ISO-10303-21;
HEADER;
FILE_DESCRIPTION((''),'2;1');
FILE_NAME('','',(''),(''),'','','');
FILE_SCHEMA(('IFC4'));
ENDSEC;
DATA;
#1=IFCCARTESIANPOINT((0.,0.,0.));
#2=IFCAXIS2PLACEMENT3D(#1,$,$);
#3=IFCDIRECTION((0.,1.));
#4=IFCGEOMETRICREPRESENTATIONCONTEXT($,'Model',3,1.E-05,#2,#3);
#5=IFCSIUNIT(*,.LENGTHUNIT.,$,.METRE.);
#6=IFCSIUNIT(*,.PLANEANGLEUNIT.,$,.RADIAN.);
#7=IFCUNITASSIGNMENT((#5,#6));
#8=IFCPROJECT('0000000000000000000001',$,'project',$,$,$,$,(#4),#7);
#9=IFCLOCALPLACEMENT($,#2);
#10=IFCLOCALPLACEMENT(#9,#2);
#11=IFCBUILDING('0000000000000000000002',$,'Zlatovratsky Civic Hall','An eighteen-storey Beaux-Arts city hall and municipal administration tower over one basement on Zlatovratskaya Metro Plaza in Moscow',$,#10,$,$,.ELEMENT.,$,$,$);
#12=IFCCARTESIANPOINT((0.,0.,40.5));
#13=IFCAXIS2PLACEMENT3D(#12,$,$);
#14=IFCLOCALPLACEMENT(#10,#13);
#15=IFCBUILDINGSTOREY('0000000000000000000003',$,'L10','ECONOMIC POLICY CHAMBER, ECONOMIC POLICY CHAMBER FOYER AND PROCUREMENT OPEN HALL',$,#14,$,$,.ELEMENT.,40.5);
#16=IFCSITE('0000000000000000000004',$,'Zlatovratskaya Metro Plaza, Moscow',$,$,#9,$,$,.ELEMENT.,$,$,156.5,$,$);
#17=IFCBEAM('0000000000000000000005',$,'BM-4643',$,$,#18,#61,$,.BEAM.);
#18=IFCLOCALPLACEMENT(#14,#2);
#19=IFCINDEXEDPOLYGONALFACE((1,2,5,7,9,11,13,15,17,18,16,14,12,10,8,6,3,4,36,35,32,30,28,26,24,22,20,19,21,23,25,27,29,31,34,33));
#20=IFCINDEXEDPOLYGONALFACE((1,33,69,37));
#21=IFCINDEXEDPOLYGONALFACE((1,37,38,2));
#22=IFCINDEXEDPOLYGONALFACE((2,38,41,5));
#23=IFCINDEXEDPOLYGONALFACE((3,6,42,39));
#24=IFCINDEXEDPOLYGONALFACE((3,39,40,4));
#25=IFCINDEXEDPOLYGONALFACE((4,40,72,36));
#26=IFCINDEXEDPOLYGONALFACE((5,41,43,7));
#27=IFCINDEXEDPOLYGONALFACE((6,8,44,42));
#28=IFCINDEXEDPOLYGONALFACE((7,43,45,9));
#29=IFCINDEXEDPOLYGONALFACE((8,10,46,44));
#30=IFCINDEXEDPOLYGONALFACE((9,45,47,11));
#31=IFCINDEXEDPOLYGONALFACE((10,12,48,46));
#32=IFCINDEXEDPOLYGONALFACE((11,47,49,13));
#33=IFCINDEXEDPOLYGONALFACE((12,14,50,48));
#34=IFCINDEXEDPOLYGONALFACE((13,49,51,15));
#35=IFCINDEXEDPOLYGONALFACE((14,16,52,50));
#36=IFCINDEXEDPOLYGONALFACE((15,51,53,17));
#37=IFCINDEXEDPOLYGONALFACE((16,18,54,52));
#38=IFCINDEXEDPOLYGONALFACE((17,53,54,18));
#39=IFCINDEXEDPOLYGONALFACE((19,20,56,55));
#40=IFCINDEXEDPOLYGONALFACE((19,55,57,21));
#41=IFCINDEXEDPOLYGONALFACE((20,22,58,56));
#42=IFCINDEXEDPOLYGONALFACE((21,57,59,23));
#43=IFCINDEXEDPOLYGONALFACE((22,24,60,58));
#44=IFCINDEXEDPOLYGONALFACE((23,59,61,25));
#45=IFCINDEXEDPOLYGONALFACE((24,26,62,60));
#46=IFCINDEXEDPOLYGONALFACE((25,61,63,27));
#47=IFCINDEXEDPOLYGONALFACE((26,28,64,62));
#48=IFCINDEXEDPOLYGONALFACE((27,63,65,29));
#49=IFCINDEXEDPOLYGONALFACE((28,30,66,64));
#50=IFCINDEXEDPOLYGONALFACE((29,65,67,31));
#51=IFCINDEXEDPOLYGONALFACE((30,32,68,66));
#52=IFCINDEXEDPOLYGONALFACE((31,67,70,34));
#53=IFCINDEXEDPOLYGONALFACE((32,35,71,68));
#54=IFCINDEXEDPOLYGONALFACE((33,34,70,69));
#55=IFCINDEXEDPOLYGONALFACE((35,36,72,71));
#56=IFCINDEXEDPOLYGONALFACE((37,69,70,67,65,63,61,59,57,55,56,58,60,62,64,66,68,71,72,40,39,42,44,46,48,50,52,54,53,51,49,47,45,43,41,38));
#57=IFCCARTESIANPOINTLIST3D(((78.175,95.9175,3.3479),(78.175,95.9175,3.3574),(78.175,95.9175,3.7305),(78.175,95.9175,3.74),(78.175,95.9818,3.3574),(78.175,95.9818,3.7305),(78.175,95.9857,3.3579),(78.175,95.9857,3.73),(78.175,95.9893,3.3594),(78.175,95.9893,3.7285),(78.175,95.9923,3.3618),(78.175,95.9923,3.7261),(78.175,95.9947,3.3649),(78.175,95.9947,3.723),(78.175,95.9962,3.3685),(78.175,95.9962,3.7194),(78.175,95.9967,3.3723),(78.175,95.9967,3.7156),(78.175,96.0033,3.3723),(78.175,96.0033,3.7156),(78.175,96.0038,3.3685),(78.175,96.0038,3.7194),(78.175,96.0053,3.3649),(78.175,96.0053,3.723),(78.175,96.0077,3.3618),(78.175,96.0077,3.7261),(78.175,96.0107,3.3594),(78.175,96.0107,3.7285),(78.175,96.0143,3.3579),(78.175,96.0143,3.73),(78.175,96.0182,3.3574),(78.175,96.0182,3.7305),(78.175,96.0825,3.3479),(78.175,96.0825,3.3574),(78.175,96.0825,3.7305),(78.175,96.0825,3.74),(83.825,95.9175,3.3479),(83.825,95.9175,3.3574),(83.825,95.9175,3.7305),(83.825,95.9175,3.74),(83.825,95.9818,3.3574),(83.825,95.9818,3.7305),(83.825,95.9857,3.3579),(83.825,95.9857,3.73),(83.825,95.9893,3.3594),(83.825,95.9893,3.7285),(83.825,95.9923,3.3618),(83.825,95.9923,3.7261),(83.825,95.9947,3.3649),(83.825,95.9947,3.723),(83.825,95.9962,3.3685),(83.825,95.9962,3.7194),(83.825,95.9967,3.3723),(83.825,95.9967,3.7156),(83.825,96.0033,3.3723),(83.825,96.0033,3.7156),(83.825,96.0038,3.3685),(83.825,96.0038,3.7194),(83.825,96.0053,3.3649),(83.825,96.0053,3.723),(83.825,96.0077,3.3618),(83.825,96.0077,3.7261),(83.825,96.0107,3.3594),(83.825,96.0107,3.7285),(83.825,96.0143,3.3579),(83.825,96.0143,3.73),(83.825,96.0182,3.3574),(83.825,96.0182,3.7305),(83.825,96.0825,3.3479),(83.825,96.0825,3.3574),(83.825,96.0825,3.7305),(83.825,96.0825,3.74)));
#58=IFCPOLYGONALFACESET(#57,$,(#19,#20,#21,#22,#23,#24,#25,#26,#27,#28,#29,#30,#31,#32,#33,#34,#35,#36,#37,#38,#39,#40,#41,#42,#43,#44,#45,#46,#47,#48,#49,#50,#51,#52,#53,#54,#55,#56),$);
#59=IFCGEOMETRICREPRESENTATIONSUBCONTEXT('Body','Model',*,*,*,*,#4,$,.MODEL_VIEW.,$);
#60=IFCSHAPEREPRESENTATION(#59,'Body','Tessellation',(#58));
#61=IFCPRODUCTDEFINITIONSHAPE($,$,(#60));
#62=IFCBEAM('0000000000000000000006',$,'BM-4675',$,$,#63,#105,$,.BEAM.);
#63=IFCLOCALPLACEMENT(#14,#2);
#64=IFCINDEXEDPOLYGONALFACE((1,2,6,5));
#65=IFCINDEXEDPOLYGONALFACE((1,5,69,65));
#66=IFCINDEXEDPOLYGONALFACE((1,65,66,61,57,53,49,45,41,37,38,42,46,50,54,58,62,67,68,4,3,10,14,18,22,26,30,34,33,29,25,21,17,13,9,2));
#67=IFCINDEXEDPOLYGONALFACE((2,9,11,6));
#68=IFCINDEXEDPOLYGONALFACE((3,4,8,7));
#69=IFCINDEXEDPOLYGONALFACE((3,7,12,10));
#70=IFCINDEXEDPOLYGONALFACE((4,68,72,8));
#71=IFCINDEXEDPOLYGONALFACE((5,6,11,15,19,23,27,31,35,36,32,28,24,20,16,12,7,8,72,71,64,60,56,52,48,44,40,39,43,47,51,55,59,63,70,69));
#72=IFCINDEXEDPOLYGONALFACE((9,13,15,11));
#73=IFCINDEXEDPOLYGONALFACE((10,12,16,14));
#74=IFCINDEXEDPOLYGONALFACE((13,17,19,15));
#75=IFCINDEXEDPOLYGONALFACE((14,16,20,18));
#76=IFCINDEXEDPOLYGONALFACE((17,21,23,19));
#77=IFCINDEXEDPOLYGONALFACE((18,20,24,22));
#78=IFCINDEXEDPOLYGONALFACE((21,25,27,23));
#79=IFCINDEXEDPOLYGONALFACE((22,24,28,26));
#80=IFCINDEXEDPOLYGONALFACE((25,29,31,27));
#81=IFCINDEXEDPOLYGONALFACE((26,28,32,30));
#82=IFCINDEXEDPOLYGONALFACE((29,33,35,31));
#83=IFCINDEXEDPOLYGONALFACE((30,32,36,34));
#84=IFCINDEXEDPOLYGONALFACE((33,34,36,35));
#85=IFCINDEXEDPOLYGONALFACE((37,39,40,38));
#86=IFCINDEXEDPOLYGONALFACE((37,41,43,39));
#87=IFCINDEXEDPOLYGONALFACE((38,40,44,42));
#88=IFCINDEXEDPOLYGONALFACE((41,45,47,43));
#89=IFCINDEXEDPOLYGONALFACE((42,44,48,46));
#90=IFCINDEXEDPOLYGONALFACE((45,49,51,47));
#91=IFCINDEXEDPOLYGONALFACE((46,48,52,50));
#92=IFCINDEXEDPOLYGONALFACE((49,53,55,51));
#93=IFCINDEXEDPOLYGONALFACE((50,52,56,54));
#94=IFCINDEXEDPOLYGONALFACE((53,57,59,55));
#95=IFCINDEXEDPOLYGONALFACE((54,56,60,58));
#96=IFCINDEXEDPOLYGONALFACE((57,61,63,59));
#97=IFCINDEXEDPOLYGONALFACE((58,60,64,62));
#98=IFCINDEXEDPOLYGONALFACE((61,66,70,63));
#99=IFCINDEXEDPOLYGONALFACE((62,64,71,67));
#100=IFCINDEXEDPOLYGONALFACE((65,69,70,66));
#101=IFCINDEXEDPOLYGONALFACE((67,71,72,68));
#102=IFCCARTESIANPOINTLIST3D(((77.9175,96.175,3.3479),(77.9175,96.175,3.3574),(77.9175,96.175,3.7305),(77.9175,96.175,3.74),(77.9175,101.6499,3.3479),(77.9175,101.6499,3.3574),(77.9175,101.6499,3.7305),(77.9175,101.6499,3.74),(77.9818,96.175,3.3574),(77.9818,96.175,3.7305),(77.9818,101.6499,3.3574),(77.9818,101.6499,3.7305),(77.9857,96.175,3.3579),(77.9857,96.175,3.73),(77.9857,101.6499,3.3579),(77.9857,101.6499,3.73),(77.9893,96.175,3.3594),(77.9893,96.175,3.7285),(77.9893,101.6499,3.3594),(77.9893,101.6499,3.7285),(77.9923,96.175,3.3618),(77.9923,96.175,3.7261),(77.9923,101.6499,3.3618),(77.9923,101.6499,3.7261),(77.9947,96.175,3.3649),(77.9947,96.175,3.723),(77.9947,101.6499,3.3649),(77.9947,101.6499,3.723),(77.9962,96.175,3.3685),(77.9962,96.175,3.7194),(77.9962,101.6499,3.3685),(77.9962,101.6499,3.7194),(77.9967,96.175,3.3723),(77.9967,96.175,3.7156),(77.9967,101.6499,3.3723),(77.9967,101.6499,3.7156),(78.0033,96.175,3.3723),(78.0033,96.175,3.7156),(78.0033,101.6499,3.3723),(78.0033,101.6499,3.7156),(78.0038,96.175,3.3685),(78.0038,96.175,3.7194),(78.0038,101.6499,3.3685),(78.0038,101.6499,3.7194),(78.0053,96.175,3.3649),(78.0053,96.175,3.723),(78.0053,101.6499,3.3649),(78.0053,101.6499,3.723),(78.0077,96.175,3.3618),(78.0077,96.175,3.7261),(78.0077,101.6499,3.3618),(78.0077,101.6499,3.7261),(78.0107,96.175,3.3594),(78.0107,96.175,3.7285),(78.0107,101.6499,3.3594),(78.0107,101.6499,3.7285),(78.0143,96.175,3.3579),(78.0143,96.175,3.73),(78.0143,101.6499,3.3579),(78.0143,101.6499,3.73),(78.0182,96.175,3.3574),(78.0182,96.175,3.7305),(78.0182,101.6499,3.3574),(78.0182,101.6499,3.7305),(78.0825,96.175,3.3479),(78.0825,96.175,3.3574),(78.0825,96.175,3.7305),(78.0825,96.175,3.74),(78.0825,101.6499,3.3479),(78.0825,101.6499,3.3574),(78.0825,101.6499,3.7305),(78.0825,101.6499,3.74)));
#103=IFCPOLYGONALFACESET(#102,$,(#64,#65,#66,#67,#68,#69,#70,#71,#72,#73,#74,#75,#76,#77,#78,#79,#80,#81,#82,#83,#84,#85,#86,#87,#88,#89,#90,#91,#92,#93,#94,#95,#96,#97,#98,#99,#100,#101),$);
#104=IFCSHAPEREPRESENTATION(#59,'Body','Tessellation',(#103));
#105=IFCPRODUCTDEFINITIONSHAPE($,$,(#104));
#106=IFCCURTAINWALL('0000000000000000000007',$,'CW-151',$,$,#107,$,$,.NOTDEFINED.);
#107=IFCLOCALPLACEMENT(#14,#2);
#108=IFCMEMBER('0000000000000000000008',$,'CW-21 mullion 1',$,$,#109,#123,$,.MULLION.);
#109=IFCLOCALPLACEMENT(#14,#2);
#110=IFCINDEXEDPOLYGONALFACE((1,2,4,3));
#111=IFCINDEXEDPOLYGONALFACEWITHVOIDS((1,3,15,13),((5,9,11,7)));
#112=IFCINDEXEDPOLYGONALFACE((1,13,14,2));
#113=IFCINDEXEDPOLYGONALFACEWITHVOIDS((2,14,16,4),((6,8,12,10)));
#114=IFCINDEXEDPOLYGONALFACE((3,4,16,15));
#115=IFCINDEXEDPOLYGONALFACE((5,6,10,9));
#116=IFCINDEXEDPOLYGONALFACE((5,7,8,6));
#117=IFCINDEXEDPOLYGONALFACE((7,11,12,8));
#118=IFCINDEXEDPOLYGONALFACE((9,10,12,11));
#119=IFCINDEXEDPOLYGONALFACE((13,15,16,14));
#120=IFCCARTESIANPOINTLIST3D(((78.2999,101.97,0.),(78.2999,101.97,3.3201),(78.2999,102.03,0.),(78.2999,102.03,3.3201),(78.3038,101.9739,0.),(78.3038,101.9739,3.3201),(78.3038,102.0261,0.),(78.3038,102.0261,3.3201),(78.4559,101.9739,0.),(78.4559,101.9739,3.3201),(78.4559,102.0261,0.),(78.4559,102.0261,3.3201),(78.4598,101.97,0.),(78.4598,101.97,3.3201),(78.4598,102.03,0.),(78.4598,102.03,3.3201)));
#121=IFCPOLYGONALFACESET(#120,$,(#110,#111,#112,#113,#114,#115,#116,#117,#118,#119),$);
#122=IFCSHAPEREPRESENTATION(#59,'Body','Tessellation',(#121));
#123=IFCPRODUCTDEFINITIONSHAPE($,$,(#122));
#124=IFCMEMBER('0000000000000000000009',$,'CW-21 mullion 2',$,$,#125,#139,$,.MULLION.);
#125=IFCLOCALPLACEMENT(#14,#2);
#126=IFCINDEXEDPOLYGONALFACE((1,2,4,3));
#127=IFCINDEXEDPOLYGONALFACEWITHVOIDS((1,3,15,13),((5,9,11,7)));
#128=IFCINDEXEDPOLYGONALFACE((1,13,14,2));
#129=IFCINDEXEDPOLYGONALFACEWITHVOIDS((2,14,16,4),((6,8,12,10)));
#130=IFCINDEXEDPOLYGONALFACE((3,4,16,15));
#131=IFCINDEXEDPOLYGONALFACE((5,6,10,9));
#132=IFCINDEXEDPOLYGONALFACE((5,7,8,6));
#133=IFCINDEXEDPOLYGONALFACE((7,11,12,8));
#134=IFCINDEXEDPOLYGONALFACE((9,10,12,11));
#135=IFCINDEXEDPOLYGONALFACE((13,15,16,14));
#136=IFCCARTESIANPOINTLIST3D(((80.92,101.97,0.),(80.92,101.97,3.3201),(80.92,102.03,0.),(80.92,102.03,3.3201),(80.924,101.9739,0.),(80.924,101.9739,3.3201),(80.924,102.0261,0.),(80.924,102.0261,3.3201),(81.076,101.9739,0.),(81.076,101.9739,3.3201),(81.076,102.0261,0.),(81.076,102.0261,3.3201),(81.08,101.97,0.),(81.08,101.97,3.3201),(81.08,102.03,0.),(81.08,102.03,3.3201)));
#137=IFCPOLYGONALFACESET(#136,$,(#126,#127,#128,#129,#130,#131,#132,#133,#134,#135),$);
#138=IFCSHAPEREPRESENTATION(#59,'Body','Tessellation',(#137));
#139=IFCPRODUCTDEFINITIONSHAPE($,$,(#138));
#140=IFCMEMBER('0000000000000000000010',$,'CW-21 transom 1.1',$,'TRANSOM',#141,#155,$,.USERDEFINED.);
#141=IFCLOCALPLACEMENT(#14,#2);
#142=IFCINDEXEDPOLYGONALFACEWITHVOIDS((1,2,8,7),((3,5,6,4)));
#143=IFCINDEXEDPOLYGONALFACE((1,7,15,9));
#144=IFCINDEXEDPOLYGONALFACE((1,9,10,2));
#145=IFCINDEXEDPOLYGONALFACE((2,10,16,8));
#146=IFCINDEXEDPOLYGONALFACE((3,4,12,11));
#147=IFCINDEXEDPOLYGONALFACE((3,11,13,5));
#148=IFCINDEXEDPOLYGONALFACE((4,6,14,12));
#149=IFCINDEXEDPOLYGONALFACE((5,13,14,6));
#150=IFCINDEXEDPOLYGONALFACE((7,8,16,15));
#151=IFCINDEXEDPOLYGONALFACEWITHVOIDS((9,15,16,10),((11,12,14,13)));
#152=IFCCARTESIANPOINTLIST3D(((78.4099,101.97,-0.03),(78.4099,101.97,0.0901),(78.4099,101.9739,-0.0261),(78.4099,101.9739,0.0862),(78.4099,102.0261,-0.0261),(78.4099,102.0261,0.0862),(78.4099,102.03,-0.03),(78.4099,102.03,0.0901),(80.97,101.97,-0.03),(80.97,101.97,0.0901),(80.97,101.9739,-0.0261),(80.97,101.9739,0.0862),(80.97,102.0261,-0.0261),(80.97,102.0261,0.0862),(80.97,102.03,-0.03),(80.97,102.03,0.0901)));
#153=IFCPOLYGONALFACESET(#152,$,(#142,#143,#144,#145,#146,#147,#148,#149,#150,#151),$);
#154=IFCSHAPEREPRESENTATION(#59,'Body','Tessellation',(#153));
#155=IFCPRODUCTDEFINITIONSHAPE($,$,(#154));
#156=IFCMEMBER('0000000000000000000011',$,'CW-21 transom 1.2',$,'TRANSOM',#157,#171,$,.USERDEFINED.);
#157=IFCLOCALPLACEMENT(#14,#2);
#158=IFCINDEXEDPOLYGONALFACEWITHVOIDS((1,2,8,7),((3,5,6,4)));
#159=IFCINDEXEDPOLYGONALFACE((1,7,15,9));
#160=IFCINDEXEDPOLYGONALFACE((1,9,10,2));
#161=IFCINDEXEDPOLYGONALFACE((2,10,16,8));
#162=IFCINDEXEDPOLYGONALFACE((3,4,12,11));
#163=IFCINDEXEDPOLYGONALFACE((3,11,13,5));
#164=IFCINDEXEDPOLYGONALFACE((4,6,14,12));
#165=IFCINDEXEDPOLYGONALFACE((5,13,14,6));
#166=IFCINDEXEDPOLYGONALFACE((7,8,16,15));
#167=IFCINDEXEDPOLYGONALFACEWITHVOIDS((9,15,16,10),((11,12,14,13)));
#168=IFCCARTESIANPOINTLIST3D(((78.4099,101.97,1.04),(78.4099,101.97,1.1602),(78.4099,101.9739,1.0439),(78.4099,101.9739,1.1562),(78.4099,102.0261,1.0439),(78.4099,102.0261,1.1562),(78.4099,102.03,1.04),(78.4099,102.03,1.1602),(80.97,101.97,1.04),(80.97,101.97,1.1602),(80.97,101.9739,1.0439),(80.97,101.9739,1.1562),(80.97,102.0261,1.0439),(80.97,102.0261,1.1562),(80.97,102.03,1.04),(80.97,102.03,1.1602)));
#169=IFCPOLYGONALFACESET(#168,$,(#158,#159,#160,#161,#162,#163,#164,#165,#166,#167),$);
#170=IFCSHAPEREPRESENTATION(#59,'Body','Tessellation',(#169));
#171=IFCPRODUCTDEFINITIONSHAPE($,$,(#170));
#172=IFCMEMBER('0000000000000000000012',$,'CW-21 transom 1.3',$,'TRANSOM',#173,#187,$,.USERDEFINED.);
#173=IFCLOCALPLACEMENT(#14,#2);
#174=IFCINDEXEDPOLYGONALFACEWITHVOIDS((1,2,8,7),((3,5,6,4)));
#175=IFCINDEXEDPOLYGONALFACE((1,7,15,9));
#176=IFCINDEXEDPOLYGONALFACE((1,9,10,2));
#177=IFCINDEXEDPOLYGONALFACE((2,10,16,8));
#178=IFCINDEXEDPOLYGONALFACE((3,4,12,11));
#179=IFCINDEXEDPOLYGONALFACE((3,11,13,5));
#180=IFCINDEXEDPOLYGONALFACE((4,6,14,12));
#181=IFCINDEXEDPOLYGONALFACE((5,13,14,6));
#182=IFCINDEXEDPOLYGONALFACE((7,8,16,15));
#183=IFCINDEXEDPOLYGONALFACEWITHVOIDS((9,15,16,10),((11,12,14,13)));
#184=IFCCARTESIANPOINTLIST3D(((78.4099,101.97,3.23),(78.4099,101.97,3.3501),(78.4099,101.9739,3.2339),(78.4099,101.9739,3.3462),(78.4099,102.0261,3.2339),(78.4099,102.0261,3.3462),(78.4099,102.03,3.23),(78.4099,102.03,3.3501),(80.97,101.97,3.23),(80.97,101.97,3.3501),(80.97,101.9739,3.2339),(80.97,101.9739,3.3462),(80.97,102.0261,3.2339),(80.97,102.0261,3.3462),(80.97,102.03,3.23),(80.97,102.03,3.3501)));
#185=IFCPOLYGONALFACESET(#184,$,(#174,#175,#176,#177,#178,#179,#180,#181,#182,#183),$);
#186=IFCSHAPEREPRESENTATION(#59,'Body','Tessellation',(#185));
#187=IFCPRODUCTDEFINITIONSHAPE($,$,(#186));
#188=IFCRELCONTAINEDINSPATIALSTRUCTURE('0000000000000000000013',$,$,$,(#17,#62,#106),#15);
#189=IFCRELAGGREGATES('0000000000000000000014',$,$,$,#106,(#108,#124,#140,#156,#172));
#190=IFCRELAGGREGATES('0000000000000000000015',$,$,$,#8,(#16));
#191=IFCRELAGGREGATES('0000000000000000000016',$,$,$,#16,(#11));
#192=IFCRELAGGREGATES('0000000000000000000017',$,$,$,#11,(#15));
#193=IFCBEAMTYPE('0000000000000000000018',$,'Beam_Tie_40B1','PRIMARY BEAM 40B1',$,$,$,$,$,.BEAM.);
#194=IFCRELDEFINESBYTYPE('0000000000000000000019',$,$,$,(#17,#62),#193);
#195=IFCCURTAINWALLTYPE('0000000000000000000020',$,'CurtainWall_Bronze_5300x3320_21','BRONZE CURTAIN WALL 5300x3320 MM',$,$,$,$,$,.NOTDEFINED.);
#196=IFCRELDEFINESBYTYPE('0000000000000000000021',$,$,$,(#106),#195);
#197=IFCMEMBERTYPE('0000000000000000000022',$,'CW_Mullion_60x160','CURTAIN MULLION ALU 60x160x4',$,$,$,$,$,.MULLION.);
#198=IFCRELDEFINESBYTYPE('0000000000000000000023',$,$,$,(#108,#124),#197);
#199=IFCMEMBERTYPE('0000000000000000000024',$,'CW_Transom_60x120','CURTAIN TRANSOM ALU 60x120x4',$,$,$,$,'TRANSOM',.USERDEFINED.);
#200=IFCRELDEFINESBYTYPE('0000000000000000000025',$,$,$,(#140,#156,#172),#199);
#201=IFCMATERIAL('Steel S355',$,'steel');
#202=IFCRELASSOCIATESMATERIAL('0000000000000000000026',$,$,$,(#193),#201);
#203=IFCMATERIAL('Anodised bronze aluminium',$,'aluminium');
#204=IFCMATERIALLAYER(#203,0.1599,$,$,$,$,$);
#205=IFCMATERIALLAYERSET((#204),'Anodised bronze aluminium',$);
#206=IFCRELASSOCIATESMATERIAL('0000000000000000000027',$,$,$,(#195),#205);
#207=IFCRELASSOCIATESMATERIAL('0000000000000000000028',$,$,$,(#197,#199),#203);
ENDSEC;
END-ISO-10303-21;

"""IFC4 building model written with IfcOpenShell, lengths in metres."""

from ifc_helpers import new_model, si_unit, direction, frame, origin, origin_2d, place, context, subcontext, project, spatial, hollow_rectangle, i_section, extrude, material, layer, layer_set, material_profile, profile_set, type_object, element, aggregate, save


model = new_model("IFC4")

# Units and contexts
model_context = context("Model", 3, precision=1e-05, world=origin(), true_north=direction((0.0, 1.0)))
body_context = subcontext(model_context, "Body", "Model", "MODEL_VIEW")
ifc_project = project(units=[si_unit("LENGTHUNIT", "METRE"), si_unit("PLANEANGLEUNIT", "RADIAN")], contexts=[model_context])

# Site, building, storey
site_placement = place(None, origin())
site = spatial("IfcSite", under=ifc_project, at=site_placement, Name="Zlatovratskaya Metro Plaza, Moscow", CompositionType="ELEMENT", RefElevation=156.5)
building_placement = place(site_placement, origin())
building = spatial("IfcBuilding", under=site, at=building_placement, Name="Zlatovratsky Civic Hall", Description="An eighteen-storey Beaux-Arts city hall and municipal administration tower over one basement on Zlatovratskaya Metro Plaza in Moscow", CompositionType="ELEMENT")
storey_placement = place(building_placement, frame((0.0, 0.0, 40.5)))
storey = spatial("IfcBuildingStorey", under=building, at=storey_placement, Name="L10", Description="ECONOMIC POLICY CHAMBER, ECONOMIC POLICY CHAMBER FOYER AND PROCUREMENT OPEN HALL", CompositionType="ELEMENT", Elevation=40.5)

# Shared definitions
ifc_material_1 = material(Name="Steel S355", Category="steel")

# Beams
ifc_material_profile_1 = material_profile(ifc_material_1, i_section(OverallWidth=0.165, OverallDepth=0.3921, WebThickness=0.0066, FlangeThickness=0.0095, FilletRadius=0.0149, at=origin_2d()), Name="40B1")
ifc_profile_set_1 = profile_set([ifc_material_profile_1], Name="Steel S355")
beam_type_1 = type_object("IfcBeamType", Name="Beam_Tie_40B1", Description="PRIMARY BEAM 40B1", PredefinedType="BEAM", material=ifc_profile_set_1)
beam_1_placement = place(storey_placement, frame((78.175, 96.0, 3.5439), z_axis=(1.0, 0.0, 0.0), x_axis=(0.0, 1.0, 0.0)))
element("IfcBeam", 1, at=beam_1_placement, inside=storey, type_object=beam_type_1, Name="BM-4643", PredefinedType="BEAM", context=body_context, shape_type="SweptSolid", body=[
    extrude(i_section(OverallWidth=0.165, OverallDepth=0.3921, WebThickness=0.0066, FlangeThickness=0.0095, FilletRadius=0.0149, at=origin_2d()), origin(), (0.0, 0.0, 1.0), 5.6499),
])
beam_2_placement = place(storey_placement, frame((78.0, 96.175, 3.5439), z_axis=(0.0, 1.0, 0.0), x_axis=(-1.0, 0.0, 0.0)))
element("IfcBeam", 2, at=beam_2_placement, inside=storey, type_object=beam_type_1, Name="BM-4675", PredefinedType="BEAM", context=body_context, shape_type="SweptSolid", body=[
    extrude(i_section(OverallWidth=0.165, OverallDepth=0.3921, WebThickness=0.0066, FlangeThickness=0.0095, FilletRadius=0.0149, at=origin_2d()), origin(), (0.0, 0.0, 1.0), 5.4749),
])

# Curtain wall, members
ifc_material_2 = material(Name="Anodised bronze aluminium", Category="aluminium")
ifc_layer_1 = layer(ifc_material_2, 0.1599)
ifc_layer_set_1 = layer_set([ifc_layer_1], Name="Anodised bronze aluminium")
curtain_wall_type = type_object("IfcCurtainWallType", Name="CurtainWall_Bronze_5300x3320_21", Description="BRONZE CURTAIN WALL 5300x3320 MM", PredefinedType="NOTDEFINED", material=ifc_layer_set_1)
curtain_wall_placement = place(storey_placement, origin())
curtain_wall = element("IfcCurtainWall", 3, at=curtain_wall_placement, inside=storey, type_object=curtain_wall_type, Name="CW-151", PredefinedType="NOTDEFINED")
ifc_material_profile_2 = material_profile(ifc_material_2, hollow_rectangle(XDim=0.0601, YDim=0.1599, WallThickness=0.0039, at=origin_2d()), Name="ALU 60x160x4")
ifc_profile_set_2 = profile_set([ifc_material_profile_2], Name="Anodised bronze aluminium")
member_type_1 = type_object("IfcMemberType", Name="CW_Mullion_60x160", Description="CURTAIN MULLION ALU 60x160x4", PredefinedType="MULLION", material=ifc_profile_set_2)
member_1_placement = place(storey_placement, frame((78.3799, 102.0, 0.0), z_axis=(0.0, 0.0, 1.0), x_axis=(0.0, 1.0, 0.0)))
member_1 = element("IfcMember", 4, at=member_1_placement, type_object=member_type_1, Name="CW-21 mullion 1", PredefinedType="MULLION", context=body_context, shape_type="SweptSolid", body=[
    extrude(hollow_rectangle(XDim=0.0601, YDim=0.1599, WallThickness=0.0039, at=origin_2d()), origin(), (0.0, 0.0, 1.0), 3.3201),
])
member_2_placement = place(storey_placement, frame((81.0, 102.0, 0.0), z_axis=(0.0, 0.0, 1.0), x_axis=(0.0, 1.0, 0.0)))
member_2 = element("IfcMember", 5, at=member_2_placement, type_object=member_type_1, Name="CW-21 mullion 2", PredefinedType="MULLION", context=body_context, shape_type="SweptSolid", body=[
    extrude(hollow_rectangle(XDim=0.0601, YDim=0.1599, WallThickness=0.0039, at=origin_2d()), origin(), (0.0, 0.0, 1.0), 3.3201),
])
ifc_material_profile_3 = material_profile(ifc_material_2, hollow_rectangle(XDim=0.0601, YDim=0.1201, WallThickness=0.0039, at=origin_2d()), Name="ALU 60x120x4")
ifc_profile_set_3 = profile_set([ifc_material_profile_3], Name="Anodised bronze aluminium")
member_type_2 = type_object("IfcMemberType", Name="CW_Transom_60x120", Description="CURTAIN TRANSOM ALU 60x120x4", ElementType="TRANSOM", PredefinedType="USERDEFINED", material=ifc_profile_set_3)
member_3_placement = place(storey_placement, frame((78.4099, 102.0, 0.03), z_axis=(1.0, 0.0, 0.0), x_axis=(0.0, 1.0, 0.0)))
member_3 = element("IfcMember", 6, at=member_3_placement, type_object=member_type_2, Name="CW-21 transom 1.1", ObjectType="TRANSOM", PredefinedType="USERDEFINED", context=body_context, shape_type="SweptSolid", body=[
    extrude(hollow_rectangle(XDim=0.0601, YDim=0.1201, WallThickness=0.0039, at=origin_2d()), origin(), (0.0, 0.0, 1.0), 2.5601),
])
member_4_placement = place(storey_placement, frame((78.4099, 102.0, 1.1001), z_axis=(1.0, 0.0, 0.0), x_axis=(0.0, 1.0, 0.0)))
member_4 = element("IfcMember", 7, at=member_4_placement, type_object=member_type_2, Name="CW-21 transom 1.2", ObjectType="TRANSOM", PredefinedType="USERDEFINED", context=body_context, shape_type="SweptSolid", body=[
    extrude(hollow_rectangle(XDim=0.0601, YDim=0.1201, WallThickness=0.0039, at=origin_2d()), origin(), (0.0, 0.0, 1.0), 2.5601),
])
member_5_placement = place(storey_placement, frame((78.4099, 102.0, 3.29), z_axis=(1.0, 0.0, 0.0), x_axis=(0.0, 1.0, 0.0)))
member_5 = element("IfcMember", 8, at=member_5_placement, type_object=member_type_2, Name="CW-21 transom 1.3", ObjectType="TRANSOM", PredefinedType="USERDEFINED", context=body_context, shape_type="SweptSolid", body=[
    extrude(hollow_rectangle(XDim=0.0601, YDim=0.1201, WallThickness=0.0039, at=origin_2d()), origin(), (0.0, 0.0, 1.0), 2.5601),
])
aggregate(curtain_wall, [member_1, member_2, member_3, member_4, member_5])

save(model, "model.ifc")
